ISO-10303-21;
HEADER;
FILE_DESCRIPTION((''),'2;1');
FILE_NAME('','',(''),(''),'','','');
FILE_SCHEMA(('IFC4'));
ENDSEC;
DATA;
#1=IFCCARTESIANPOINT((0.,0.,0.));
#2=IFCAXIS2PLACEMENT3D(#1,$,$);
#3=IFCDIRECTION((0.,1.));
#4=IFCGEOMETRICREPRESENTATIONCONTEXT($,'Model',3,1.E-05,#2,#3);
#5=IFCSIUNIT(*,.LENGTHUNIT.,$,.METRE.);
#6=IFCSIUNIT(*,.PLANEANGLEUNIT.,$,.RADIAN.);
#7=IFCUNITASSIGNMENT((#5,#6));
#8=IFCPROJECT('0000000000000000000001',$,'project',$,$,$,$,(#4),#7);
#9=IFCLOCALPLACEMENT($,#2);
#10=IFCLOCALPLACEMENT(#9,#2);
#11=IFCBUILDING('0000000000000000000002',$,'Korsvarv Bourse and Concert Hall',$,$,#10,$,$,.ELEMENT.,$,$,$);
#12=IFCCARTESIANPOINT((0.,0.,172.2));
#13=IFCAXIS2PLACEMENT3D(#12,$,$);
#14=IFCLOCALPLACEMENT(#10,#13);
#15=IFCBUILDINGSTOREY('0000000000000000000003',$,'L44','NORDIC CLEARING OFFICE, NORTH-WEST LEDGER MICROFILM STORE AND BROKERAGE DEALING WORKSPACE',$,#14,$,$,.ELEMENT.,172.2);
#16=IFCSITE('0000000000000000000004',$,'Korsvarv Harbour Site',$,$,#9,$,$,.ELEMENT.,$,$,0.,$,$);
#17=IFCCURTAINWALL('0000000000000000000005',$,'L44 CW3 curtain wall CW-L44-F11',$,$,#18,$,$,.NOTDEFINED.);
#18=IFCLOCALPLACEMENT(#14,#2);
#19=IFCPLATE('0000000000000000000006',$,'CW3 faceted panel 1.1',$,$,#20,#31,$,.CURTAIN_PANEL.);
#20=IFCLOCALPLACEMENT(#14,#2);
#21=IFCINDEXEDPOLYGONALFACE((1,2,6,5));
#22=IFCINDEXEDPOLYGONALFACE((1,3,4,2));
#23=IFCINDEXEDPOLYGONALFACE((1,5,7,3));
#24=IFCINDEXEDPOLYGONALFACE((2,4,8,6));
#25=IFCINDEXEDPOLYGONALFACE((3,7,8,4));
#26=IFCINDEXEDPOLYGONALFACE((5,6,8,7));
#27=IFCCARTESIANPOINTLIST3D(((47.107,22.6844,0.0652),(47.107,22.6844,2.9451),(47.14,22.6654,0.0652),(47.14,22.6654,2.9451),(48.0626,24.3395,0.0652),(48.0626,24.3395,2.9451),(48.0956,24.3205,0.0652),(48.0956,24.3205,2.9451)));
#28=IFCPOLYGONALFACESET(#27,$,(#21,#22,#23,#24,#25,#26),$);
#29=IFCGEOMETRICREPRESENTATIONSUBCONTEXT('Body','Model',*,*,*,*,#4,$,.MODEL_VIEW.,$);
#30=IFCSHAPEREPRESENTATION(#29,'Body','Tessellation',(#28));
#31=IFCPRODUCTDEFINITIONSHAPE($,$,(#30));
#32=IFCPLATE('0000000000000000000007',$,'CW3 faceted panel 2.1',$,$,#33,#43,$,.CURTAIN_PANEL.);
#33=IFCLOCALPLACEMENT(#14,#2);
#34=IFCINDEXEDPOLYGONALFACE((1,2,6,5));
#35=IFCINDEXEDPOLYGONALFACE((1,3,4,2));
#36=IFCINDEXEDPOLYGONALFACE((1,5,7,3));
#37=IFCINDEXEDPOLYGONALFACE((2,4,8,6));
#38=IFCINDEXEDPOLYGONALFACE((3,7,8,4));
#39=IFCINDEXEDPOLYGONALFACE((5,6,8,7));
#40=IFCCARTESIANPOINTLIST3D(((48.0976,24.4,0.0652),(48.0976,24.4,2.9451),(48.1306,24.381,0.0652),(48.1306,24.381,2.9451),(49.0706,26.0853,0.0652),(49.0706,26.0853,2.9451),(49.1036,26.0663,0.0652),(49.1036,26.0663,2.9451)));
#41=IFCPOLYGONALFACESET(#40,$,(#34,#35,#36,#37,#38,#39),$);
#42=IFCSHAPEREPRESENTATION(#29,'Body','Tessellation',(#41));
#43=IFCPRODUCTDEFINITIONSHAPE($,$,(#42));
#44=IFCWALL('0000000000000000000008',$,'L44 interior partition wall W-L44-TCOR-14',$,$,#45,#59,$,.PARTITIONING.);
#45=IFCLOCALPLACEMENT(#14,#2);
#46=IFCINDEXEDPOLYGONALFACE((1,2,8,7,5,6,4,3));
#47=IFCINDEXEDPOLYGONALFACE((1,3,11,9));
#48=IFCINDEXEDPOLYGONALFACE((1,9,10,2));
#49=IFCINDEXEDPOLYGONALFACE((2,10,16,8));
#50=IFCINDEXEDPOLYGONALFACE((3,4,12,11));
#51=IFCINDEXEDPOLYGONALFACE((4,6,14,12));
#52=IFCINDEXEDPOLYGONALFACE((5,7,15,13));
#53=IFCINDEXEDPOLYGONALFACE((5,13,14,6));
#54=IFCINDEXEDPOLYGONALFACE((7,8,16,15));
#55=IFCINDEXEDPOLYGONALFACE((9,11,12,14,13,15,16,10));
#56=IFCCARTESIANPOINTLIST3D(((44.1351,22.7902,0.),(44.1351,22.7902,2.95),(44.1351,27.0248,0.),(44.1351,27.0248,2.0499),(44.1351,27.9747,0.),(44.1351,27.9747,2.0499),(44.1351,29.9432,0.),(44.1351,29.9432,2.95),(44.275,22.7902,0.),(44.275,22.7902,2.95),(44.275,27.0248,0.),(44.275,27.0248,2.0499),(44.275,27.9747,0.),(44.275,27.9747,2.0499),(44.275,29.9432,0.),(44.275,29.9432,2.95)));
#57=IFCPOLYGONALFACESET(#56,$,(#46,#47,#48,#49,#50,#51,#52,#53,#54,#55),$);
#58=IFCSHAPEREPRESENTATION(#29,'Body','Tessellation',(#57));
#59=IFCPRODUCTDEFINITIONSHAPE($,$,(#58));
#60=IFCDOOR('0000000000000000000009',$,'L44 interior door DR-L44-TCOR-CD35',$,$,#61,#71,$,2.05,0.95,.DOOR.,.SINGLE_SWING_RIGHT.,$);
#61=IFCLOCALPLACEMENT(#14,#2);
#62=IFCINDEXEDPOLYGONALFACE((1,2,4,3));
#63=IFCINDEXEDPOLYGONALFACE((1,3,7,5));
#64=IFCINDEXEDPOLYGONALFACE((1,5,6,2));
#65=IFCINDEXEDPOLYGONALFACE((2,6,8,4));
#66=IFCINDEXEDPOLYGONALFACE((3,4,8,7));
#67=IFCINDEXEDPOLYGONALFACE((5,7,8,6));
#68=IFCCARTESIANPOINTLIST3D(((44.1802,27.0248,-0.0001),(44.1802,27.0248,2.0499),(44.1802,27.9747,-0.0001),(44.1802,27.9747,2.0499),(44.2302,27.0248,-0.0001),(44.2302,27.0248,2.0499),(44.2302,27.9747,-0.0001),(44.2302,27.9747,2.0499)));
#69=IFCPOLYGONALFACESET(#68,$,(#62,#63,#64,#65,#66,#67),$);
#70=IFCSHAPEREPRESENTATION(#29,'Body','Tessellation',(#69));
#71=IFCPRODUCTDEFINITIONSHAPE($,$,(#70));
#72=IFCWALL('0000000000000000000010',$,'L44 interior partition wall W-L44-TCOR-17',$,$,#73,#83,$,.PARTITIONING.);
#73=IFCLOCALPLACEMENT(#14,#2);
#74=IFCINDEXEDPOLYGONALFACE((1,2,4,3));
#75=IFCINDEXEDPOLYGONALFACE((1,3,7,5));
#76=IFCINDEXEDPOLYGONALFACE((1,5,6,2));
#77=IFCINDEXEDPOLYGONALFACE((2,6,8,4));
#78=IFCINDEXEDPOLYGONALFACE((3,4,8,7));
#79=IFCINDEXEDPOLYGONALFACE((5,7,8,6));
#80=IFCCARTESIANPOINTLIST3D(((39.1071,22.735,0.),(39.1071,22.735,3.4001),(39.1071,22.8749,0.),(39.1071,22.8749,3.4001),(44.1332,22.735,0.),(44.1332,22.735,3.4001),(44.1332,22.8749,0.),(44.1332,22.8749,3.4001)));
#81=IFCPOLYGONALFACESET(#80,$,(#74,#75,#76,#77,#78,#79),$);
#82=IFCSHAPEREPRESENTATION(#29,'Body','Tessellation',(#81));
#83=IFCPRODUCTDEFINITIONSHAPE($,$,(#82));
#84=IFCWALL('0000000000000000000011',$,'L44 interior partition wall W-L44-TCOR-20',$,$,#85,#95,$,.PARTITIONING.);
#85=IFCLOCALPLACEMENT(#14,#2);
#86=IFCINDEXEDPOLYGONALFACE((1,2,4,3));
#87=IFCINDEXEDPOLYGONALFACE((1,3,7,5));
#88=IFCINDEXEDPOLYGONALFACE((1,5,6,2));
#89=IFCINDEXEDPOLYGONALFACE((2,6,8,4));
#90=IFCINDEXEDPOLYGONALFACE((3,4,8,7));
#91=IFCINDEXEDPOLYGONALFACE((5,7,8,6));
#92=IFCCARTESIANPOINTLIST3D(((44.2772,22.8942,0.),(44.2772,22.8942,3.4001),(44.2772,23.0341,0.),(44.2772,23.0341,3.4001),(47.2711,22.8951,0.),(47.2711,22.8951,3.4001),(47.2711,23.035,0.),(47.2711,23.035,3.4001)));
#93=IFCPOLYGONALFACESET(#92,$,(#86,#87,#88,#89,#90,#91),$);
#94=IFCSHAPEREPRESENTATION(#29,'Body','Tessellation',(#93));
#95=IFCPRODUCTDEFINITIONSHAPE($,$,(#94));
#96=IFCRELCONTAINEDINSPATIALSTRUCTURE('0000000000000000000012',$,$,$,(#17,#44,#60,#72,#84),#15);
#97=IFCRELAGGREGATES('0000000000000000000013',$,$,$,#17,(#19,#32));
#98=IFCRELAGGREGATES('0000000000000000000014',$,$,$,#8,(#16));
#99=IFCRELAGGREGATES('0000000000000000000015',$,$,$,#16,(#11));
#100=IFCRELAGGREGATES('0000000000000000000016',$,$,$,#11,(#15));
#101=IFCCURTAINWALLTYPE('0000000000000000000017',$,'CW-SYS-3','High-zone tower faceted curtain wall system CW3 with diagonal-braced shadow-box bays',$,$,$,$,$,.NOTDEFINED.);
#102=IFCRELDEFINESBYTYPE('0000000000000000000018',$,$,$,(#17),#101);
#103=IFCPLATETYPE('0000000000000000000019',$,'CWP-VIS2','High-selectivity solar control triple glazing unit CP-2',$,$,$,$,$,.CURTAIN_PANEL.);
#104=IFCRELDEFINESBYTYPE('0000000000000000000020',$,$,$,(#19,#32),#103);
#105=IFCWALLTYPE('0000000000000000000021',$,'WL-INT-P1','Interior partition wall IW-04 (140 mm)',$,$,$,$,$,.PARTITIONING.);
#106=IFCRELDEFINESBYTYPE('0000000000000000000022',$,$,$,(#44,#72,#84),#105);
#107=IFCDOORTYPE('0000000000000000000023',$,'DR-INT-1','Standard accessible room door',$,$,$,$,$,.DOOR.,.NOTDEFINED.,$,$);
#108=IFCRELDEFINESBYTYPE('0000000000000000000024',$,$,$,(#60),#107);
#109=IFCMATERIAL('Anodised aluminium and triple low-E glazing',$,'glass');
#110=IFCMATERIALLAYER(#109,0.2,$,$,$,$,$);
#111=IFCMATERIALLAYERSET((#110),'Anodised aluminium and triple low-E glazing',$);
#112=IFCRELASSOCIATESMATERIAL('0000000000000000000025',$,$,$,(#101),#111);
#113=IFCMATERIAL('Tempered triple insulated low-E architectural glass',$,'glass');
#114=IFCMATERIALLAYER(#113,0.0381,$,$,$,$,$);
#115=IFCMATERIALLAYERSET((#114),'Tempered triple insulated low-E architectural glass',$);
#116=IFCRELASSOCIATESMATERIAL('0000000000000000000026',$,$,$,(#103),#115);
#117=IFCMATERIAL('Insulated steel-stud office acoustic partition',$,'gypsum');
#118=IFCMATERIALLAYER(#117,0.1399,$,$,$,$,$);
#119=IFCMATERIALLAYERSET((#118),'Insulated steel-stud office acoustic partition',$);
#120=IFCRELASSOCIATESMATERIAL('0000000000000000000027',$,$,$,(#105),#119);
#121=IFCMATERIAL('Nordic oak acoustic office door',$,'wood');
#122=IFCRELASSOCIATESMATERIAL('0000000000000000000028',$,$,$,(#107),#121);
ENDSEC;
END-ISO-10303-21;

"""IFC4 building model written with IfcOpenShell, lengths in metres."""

from ifc_helpers import new_model, si_unit, direction, frame, frame_2d, origin, origin_2d, place, context, subcontext, project, spatial, rectangle, extrude, source, transform, mapped, material, layer, layer_set, type_object, element, fill, aggregate, save


model = new_model("IFC4")

# Units and contexts
model_context = context("Model", 3, precision=1e-05, world=origin(), true_north=direction((0.0, 1.0)))
body_context = subcontext(model_context, "Body", "Model", "MODEL_VIEW")
ifc_project = project(units=[si_unit("LENGTHUNIT", "METRE"), si_unit("PLANEANGLEUNIT", "RADIAN")], contexts=[model_context])

# Site, building, storey
site_placement = place(None, origin())
site = spatial("IfcSite", under=ifc_project, at=site_placement, Name="Korsvarv Harbour Site", CompositionType="ELEMENT", RefElevation=0.0)
building_placement = place(site_placement, origin())
building = spatial("IfcBuilding", under=site, at=building_placement, Name="Korsvarv Bourse and Concert Hall", CompositionType="ELEMENT")
storey_placement = place(building_placement, frame((0.0, 0.0, 172.2)))
storey = spatial("IfcBuildingStorey", under=building, at=storey_placement, Name="L44", Description="NORDIC CLEARING OFFICE, NORTH-WEST LEDGER MICROFILM STORE AND BROKERAGE DEALING WORKSPACE", CompositionType="ELEMENT", Elevation=172.2)

# Curtain wall, plates
ifc_material_1 = material(Name="Anodised aluminium and triple low-E glazing", Category="glass")
ifc_layer_1 = layer(ifc_material_1, 0.2)
ifc_layer_set_1 = layer_set([ifc_layer_1], Name="Anodised aluminium and triple low-E glazing")
curtain_wall_type = type_object("IfcCurtainWallType", Name="CW-SYS-3", Description="High-zone tower faceted curtain wall system CW3 with diagonal-braced shadow-box bays", PredefinedType="NOTDEFINED", material=ifc_layer_set_1)
curtain_wall_placement = place(storey_placement, origin())
curtain_wall = element("IfcCurtainWall", 1, at=curtain_wall_placement, inside=storey, type_object=curtain_wall_type, Name="L44 CW3 curtain wall CW-L44-F11", PredefinedType="NOTDEFINED")
ifc_material_2 = material(Name="Tempered triple insulated low-E architectural glass", Category="glass")
ifc_layer_2 = layer(ifc_material_2, 0.0381)
ifc_layer_set_2 = layer_set([ifc_layer_2], Name="Tempered triple insulated low-E architectural glass")
plate_type = type_object("IfcPlateType", Name="CWP-VIS2", Description="High-selectivity solar control triple glazing unit CP-2", PredefinedType="CURTAIN_PANEL", material=ifc_layer_set_2)
shared_shape_1 = source(origin(), body_context, "Body", "SweptSolid", [
    extrude(rectangle(XDim=1.9111, YDim=0.0381, at=origin_2d()), origin(), (0.0, 0.0, 1.0), 2.8799),
])
plate_1_placement = place(storey_placement, frame((47.6013, 23.5024, 0.0652), z_axis=(0.0, 0.0, 1.0), x_axis=(0.499994, 0.866029, 0.0)))
plate_1 = element("IfcPlate", 2, at=plate_1_placement, type_object=plate_type, Name="CW3 faceted panel 1.1", PredefinedType="CURTAIN_PANEL", context=body_context, shape_type="MappedRepresentation", body=[
    mapped(shared_shape_1, transform((0.0, 0.0, 0.0), scale=1.0)),
])
shared_shape_2 = source(origin(), body_context, "Body", "SweptSolid", [
    extrude(rectangle(XDim=1.946, YDim=0.0381, at=origin_2d()), origin(), (0.0, 0.0, 1.0), 2.8799),
])
plate_2_placement = place(storey_placement, frame((48.6006, 25.2332, 0.0652), z_axis=(0.0, 0.0, 1.0), x_axis=(0.499994, 0.866029, 0.0)))
plate_2 = element("IfcPlate", 3, at=plate_2_placement, type_object=plate_type, Name="CW3 faceted panel 2.1", PredefinedType="CURTAIN_PANEL", context=body_context, shape_type="MappedRepresentation", body=[
    mapped(shared_shape_2, transform((0.0, 0.0, 0.0), scale=1.0)),
])
aggregate(curtain_wall, [plate_1, plate_2])

# Wall, opening, door
ifc_material_3 = material(Name="Insulated steel-stud office acoustic partition", Category="gypsum")
ifc_layer_3 = layer(ifc_material_3, 0.1399)
ifc_layer_set_3 = layer_set([ifc_layer_3], Name="Insulated steel-stud office acoustic partition")
wall_type = type_object("IfcWallType", Name="WL-INT-P1", Description="Interior partition wall IW-04 (140 mm)", PredefinedType="PARTITIONING", material=ifc_layer_set_3)
wall_1_placement = place(storey_placement, frame((44.2051, 22.79, 0.0), z_axis=(0.0, 0.0, 1.0), x_axis=(0.0, 1.0, 0.0)))
wall_1 = element("IfcWall", 4, at=wall_1_placement, inside=storey, type_object=wall_type, Name="L44 interior partition wall W-L44-TCOR-14", PredefinedType="PARTITIONING", context=body_context, shape_type="SweptSolid", body=[
    extrude(rectangle(XDim=7.1531, YDim=0.1399, at=frame_2d((3.5767, 0.0))), origin(), (0.0, 0.0, 1.0), 2.95),
])
opening_placement = place(wall_1_placement, frame((4.2346, 0.0, 0.0)))
opening = element("IfcOpeningElement", 5, at=opening_placement, cuts=wall_1, PredefinedType="OPENING", context=body_context, shape_type="SweptSolid", body=[
    extrude(rectangle(XDim=0.95, YDim=2.05, at=frame_2d((0.4751, 1.0249))), frame((0.0, 0.0801, 0.0), z_axis=(0.0, -1.0, 0.0), x_axis=(1.0, 0.0, 0.0)), (0.0, 0.0, 1.0), 0.1599),
])
ifc_material_4 = material(Name="Nordic oak acoustic office door", Category="wood")
door_type = type_object("IfcDoorType", Name="DR-INT-1", Description="Standard accessible room door", OperationType="NOTDEFINED", PredefinedType="DOOR", material=ifc_material_4)
door_placement = place(opening_placement, origin())
door = element("IfcDoor", 6, at=door_placement, inside=storey, type_object=door_type, Name="L44 interior door DR-L44-TCOR-CD35", OperationType="SINGLE_SWING_RIGHT", OverallHeight=2.05, OverallWidth=0.95, PredefinedType="DOOR", context=body_context, shape_type="SweptSolid", body=[
    extrude(rectangle(XDim=0.95, YDim=2.05, at=frame_2d((0.4751, 1.0249))), frame((0.0, 0.0249, 0.0), z_axis=(0.0, -1.0, 0.0), x_axis=(1.0, 0.0, 0.0)), (0.0, 0.0, 1.0), 0.05),
])
fill(opening, door)

# Walls
wall_2_placement = place(storey_placement, frame((39.1069, 22.8049, 0.0), z_axis=(0.0, 0.0, 1.0), x_axis=(1.0, 0.0, 0.0)))
element("IfcWall", 7, at=wall_2_placement, inside=storey, type_object=wall_type, Name="L44 interior partition wall W-L44-TCOR-17", PredefinedType="PARTITIONING", context=body_context, shape_type="SweptSolid", body=[
    extrude(rectangle(XDim=5.0261, YDim=0.1399, at=frame_2d((2.5132, 0.0))), origin(), (0.0, 0.0, 1.0), 3.4001),
])
wall_3_placement = place(storey_placement, frame((44.2771, 22.9641, 0.0), z_axis=(0.0, 0.0, 1.0), x_axis=(1.0, 0.000326, 0.0)))
element("IfcWall", 8, at=wall_3_placement, inside=storey, type_object=wall_type, Name="L44 interior partition wall W-L44-TCOR-20", PredefinedType="PARTITIONING", context=body_context, shape_type="SweptSolid", body=[
    extrude(rectangle(XDim=2.9939, YDim=0.1399, at=frame_2d((1.4971, 0.0))), origin(), (0.0, 0.0, 1.0), 3.4001),
])

save(model, "model.ifc")
